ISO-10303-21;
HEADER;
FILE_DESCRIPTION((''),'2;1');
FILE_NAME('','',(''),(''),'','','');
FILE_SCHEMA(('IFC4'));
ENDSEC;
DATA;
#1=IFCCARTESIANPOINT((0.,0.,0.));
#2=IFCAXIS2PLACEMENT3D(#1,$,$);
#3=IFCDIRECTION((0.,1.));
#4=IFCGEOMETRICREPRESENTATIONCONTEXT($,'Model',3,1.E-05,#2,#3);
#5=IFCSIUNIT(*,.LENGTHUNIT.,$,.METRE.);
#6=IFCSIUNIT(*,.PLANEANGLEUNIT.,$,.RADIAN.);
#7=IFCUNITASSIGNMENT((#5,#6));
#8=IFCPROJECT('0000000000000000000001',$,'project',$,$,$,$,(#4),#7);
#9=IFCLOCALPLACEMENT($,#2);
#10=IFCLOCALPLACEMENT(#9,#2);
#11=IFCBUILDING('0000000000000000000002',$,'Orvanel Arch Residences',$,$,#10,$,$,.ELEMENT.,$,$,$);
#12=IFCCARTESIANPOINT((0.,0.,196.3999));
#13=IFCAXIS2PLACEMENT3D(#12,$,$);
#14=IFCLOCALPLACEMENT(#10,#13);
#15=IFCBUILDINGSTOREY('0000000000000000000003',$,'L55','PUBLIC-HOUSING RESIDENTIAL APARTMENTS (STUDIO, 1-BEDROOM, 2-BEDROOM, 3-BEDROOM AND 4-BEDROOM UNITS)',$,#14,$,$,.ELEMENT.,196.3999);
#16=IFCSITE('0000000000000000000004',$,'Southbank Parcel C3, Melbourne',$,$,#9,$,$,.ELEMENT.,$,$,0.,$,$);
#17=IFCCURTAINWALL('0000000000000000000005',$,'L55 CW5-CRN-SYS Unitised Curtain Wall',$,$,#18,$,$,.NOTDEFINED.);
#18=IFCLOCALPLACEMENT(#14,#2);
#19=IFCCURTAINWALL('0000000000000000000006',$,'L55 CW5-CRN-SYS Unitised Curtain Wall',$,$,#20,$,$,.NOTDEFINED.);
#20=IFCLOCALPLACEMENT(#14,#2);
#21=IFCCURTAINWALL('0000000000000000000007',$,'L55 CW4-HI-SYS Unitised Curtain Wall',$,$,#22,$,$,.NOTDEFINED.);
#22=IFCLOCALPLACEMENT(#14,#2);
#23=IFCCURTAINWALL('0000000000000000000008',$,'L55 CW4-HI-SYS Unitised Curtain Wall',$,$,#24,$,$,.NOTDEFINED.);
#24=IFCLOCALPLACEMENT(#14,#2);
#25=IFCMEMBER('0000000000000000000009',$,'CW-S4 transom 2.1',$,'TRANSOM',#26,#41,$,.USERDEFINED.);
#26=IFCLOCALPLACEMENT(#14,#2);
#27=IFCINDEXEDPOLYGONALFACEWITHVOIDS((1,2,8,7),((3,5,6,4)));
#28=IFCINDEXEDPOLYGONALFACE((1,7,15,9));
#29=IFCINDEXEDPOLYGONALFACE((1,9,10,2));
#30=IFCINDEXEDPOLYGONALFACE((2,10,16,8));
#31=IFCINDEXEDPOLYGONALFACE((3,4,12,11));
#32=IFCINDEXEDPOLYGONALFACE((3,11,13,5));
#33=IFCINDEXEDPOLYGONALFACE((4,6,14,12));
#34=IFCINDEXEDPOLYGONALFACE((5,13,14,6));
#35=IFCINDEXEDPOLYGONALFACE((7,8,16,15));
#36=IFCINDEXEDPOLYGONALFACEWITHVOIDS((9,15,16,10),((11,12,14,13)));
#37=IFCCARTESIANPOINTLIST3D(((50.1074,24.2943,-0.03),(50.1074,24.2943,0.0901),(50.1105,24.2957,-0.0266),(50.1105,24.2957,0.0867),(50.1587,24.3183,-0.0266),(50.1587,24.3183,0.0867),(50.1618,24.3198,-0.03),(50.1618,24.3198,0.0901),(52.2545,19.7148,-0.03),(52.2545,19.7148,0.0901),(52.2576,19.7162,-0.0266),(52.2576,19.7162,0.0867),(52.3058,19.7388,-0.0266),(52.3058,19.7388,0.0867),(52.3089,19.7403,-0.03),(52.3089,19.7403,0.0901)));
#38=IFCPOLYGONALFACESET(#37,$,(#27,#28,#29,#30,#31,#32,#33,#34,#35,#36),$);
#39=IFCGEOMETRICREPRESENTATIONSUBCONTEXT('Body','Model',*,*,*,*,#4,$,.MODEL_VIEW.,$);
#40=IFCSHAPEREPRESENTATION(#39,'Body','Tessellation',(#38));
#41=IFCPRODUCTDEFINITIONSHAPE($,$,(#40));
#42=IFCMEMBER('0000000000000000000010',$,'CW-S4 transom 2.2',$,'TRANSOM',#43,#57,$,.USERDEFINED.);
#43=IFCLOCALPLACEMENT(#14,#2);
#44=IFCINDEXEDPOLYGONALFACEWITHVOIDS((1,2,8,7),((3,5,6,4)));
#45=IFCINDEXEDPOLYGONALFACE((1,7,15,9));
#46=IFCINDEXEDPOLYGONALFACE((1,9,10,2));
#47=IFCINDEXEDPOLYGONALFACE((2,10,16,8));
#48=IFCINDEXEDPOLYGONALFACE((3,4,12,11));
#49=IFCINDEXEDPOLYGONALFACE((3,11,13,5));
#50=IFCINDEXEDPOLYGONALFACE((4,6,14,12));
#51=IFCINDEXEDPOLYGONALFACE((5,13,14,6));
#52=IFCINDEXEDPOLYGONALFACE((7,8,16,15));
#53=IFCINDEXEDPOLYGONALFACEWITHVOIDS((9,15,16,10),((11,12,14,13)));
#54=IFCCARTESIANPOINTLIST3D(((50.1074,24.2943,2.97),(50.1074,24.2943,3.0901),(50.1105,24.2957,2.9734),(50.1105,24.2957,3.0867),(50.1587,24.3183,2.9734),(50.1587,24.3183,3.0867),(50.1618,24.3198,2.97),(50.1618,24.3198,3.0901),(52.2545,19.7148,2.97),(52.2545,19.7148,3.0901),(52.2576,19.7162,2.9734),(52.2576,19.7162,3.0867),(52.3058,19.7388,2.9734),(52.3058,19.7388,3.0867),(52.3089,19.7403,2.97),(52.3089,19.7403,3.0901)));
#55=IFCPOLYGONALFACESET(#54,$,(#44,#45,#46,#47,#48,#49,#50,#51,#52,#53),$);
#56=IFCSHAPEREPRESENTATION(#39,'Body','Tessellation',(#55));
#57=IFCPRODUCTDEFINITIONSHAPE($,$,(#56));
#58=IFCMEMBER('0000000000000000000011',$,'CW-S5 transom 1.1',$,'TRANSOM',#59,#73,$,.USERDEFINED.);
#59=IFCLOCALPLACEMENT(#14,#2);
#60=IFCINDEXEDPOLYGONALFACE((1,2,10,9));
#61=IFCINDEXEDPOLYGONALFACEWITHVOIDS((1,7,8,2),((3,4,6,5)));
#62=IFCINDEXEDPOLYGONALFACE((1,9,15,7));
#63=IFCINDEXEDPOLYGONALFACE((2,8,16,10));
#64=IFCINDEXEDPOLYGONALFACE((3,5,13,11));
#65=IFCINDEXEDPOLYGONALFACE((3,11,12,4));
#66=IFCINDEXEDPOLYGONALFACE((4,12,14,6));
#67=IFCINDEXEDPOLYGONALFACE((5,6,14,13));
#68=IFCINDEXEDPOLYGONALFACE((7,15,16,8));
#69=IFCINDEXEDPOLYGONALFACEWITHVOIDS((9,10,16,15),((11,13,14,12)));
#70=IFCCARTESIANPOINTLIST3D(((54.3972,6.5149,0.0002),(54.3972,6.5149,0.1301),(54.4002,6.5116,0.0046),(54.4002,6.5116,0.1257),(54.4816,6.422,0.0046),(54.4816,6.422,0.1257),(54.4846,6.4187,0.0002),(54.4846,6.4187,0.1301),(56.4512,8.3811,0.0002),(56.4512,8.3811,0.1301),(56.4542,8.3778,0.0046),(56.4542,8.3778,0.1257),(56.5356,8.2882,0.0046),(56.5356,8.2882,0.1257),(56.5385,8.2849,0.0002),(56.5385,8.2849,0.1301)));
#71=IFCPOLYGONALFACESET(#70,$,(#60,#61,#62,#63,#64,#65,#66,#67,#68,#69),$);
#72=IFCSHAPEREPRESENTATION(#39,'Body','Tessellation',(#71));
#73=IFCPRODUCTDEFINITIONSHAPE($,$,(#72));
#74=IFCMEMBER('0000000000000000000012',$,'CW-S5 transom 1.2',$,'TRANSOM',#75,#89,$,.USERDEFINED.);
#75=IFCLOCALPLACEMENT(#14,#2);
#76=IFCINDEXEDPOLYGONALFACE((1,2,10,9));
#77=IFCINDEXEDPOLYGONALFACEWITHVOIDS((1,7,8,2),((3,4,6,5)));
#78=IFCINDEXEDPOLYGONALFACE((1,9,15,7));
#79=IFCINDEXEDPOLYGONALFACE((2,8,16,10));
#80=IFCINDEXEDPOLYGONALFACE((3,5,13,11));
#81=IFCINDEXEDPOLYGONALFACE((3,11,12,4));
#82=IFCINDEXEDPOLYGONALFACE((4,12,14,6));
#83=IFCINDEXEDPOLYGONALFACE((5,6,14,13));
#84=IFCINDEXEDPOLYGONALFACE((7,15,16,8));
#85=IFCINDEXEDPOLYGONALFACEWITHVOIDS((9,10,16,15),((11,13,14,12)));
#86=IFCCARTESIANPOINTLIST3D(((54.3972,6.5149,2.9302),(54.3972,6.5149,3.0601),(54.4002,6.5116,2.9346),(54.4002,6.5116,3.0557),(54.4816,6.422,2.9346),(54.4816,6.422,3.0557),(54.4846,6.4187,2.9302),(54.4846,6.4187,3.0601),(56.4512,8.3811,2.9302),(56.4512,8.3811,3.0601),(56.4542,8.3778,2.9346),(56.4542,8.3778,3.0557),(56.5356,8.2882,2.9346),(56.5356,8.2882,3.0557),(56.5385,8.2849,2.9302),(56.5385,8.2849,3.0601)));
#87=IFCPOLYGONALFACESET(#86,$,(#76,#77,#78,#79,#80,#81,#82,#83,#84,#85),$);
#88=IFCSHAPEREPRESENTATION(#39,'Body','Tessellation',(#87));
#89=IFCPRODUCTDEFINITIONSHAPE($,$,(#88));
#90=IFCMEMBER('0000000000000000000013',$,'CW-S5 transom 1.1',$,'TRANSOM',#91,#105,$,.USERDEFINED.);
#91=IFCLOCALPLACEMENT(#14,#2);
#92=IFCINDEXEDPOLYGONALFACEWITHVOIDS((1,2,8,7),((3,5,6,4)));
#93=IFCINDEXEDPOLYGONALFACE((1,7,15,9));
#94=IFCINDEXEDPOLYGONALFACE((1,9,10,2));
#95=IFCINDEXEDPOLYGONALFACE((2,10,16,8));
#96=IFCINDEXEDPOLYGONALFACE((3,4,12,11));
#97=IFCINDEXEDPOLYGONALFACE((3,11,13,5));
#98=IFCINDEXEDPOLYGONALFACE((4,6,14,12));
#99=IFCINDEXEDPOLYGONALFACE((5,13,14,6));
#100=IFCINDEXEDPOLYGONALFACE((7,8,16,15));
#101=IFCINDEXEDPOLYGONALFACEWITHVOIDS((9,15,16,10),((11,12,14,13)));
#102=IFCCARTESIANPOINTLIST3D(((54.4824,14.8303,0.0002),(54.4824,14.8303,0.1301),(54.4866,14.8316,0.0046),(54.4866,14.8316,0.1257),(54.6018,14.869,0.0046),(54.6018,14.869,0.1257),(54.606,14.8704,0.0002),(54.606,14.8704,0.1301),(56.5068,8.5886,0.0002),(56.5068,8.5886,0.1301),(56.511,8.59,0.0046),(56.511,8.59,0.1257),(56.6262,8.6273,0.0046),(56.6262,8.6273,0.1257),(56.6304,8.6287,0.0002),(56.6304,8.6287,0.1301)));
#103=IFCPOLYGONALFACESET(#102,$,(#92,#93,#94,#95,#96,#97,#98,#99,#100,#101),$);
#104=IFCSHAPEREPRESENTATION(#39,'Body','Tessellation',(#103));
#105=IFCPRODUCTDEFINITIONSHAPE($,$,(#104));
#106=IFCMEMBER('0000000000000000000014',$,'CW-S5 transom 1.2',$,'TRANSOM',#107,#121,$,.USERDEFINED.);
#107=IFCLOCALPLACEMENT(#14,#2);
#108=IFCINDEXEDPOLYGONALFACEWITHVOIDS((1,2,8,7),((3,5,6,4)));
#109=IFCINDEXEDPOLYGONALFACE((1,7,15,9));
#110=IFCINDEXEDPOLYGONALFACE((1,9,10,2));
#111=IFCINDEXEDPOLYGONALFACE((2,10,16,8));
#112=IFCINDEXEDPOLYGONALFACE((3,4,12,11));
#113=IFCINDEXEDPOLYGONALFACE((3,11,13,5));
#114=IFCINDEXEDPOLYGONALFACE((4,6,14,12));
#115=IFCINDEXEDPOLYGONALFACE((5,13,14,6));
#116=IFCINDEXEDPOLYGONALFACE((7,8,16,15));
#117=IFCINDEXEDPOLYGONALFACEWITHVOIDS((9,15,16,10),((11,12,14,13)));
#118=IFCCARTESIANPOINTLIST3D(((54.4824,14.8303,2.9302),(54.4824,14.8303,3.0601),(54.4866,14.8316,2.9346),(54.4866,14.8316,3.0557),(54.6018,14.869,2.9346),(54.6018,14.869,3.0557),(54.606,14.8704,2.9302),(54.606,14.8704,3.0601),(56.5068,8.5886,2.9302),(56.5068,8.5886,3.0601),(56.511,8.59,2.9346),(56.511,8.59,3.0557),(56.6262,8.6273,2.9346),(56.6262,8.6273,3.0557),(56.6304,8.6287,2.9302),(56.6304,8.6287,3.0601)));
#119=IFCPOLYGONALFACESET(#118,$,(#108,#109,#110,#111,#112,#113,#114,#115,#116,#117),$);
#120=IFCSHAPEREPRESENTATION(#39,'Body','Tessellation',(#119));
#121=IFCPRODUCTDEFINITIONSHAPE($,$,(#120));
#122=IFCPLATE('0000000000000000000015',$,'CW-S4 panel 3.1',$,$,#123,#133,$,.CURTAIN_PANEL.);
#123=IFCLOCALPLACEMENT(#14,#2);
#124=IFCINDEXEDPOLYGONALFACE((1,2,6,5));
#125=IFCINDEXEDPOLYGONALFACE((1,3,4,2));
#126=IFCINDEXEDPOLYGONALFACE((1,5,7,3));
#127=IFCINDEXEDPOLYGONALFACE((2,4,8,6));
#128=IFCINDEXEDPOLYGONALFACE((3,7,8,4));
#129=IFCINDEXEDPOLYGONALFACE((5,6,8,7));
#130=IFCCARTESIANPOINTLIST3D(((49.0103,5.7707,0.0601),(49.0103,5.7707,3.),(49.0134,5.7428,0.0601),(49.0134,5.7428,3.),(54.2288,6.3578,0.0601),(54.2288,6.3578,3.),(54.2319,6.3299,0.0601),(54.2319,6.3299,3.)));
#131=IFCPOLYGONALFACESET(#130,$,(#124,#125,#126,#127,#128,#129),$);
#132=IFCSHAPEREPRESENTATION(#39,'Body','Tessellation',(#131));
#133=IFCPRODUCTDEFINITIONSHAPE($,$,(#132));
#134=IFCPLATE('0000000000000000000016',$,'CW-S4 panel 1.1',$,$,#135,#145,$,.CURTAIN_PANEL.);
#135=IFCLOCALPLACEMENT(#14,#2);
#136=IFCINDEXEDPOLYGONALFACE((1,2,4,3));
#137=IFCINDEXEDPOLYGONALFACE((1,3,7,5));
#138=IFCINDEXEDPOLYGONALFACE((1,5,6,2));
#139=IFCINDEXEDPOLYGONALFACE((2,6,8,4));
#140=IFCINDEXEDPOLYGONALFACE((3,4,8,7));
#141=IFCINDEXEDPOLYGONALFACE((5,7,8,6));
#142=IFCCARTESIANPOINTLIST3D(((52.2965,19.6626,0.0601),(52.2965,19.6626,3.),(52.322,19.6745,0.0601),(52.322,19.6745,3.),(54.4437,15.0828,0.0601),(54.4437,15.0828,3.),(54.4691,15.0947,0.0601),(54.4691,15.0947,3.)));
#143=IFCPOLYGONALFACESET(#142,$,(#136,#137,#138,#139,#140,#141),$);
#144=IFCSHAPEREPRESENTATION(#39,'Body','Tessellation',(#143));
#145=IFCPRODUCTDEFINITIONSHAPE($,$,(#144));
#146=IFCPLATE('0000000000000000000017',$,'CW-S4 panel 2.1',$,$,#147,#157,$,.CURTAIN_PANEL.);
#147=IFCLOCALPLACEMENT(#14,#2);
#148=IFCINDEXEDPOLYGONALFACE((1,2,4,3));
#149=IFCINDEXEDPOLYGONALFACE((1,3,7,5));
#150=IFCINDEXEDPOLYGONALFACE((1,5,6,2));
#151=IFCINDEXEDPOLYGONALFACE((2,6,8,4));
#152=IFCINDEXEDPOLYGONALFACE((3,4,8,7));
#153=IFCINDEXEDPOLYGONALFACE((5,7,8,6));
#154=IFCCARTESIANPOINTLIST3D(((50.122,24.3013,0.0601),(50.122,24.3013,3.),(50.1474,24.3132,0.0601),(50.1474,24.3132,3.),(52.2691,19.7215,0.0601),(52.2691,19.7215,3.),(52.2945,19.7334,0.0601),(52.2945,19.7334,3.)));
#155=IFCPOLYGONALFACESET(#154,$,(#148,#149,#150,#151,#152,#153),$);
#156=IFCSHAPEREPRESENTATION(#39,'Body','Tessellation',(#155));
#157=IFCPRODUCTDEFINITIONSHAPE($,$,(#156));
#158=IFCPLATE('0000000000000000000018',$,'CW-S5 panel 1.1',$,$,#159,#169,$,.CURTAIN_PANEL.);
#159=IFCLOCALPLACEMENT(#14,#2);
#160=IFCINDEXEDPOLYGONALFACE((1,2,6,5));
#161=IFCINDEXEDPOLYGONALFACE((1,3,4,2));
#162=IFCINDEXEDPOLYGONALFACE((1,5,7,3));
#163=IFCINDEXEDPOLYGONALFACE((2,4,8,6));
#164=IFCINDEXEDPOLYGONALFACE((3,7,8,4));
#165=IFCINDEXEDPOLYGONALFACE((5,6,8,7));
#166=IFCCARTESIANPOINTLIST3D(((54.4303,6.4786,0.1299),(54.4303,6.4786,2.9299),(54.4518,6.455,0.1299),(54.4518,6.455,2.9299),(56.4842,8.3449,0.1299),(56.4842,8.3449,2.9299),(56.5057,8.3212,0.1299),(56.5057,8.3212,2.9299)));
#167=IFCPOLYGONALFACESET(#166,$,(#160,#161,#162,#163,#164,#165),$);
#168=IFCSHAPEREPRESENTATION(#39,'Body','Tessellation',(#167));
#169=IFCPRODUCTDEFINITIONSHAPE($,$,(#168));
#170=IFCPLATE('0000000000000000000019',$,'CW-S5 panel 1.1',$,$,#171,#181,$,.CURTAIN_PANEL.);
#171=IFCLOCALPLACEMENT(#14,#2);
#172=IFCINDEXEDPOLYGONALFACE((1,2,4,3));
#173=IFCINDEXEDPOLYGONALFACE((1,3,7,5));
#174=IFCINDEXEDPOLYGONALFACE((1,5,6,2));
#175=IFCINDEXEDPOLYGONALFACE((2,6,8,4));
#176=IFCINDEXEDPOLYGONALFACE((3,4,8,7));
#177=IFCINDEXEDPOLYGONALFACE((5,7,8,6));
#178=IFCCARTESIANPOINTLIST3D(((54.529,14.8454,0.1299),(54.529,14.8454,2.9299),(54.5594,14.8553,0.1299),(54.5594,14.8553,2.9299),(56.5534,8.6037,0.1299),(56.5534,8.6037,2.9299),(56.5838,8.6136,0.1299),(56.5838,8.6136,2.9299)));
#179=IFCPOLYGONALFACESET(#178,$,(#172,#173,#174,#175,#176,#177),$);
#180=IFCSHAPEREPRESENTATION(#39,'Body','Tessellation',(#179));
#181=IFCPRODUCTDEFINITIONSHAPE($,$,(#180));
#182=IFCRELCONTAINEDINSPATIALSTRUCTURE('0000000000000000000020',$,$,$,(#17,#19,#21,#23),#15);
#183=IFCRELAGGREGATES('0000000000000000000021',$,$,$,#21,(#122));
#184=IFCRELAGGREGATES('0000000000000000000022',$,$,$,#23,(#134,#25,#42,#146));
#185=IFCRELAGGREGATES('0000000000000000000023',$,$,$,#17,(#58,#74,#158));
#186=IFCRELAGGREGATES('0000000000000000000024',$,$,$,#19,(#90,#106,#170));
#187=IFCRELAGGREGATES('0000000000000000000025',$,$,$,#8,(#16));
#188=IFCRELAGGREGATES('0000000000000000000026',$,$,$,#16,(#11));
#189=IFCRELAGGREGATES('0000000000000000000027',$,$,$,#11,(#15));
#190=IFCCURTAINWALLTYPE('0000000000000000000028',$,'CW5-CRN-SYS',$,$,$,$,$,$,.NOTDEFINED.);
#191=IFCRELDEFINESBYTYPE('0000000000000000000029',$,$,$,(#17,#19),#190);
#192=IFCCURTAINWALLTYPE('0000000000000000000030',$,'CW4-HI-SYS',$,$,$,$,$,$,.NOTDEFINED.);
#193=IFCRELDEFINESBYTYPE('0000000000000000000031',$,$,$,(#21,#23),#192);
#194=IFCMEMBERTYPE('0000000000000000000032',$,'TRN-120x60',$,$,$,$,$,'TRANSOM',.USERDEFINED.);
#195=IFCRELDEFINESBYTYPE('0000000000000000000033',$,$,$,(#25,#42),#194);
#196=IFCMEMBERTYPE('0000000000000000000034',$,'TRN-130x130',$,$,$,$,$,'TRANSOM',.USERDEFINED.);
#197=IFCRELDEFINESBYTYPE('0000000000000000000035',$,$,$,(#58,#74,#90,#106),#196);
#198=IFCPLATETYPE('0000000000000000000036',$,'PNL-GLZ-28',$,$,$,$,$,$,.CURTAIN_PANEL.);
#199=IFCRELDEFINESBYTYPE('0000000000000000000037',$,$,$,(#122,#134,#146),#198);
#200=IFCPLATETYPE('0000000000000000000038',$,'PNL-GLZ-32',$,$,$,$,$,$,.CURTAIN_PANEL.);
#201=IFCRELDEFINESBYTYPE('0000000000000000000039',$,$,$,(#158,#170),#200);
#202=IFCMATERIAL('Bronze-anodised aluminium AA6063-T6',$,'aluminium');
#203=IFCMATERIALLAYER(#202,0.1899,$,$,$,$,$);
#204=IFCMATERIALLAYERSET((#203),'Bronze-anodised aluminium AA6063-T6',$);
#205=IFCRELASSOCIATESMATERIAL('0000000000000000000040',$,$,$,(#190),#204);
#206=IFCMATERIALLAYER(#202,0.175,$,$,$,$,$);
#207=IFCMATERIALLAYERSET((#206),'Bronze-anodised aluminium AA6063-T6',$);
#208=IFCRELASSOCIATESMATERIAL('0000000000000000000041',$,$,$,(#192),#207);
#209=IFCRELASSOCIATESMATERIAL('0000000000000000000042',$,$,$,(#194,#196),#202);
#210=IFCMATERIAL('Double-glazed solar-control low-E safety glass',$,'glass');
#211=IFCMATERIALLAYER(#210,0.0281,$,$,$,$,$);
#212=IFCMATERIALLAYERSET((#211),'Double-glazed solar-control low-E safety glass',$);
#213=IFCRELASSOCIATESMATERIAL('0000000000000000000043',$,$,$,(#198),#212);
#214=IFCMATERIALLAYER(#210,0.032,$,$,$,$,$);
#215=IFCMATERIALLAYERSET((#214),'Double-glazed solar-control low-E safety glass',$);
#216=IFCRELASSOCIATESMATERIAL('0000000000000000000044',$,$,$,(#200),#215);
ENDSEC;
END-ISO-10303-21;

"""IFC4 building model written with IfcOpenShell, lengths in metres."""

from ifc_helpers import new_model, si_unit, direction, frame, origin, origin_2d, place, context, subcontext, project, spatial, rectangle, hollow_rectangle, extrude, material, layer, layer_set, material_profile, profile_set, type_object, element, aggregate, save


model = new_model("IFC4")

# Units and contexts
model_context = context("Model", 3, precision=1e-05, world=origin(), true_north=direction((0.0, 1.0)))
body_context = subcontext(model_context, "Body", "Model", "MODEL_VIEW")
ifc_project = project(units=[si_unit("LENGTHUNIT", "METRE"), si_unit("PLANEANGLEUNIT", "RADIAN")], contexts=[model_context])

# Site, building, storey
site_placement = place(None, origin())
site = spatial("IfcSite", under=ifc_project, at=site_placement, Name="Southbank Parcel C3, Melbourne", CompositionType="ELEMENT", RefElevation=0.0)
building_placement = place(site_placement, origin())
building = spatial("IfcBuilding", under=site, at=building_placement, Name="Orvanel Arch Residences", CompositionType="ELEMENT")
storey_placement = place(building_placement, frame((0.0, 0.0, 196.3999)))
storey = spatial("IfcBuildingStorey", under=building, at=storey_placement, Name="L55", Description="PUBLIC-HOUSING RESIDENTIAL APARTMENTS (STUDIO, 1-BEDROOM, 2-BEDROOM, 3-BEDROOM AND 4-BEDROOM UNITS)", CompositionType="ELEMENT", Elevation=196.3999)

# Curtain walls
ifc_material_1 = material(Name="Bronze-anodised aluminium AA6063-T6", Category="aluminium")
ifc_layer_1 = layer(ifc_material_1, 0.1899)
ifc_layer_set_1 = layer_set([ifc_layer_1], Name="Bronze-anodised aluminium AA6063-T6")
curtain_wall_type_1 = type_object("IfcCurtainWallType", Name="CW5-CRN-SYS", PredefinedType="NOTDEFINED", material=ifc_layer_set_1)
curtain_wall_1_placement = place(storey_placement, origin())
curtain_wall_1 = element("IfcCurtainWall", 1, at=curtain_wall_1_placement, inside=storey, type_object=curtain_wall_type_1, Name="L55 CW5-CRN-SYS Unitised Curtain Wall", PredefinedType="NOTDEFINED")
curtain_wall_2_placement = place(storey_placement, origin())
curtain_wall_2 = element("IfcCurtainWall", 2, at=curtain_wall_2_placement, inside=storey, type_object=curtain_wall_type_1, Name="L55 CW5-CRN-SYS Unitised Curtain Wall", PredefinedType="NOTDEFINED")

# Curtain wall
ifc_layer_2 = layer(ifc_material_1, 0.175)
ifc_layer_set_2 = layer_set([ifc_layer_2], Name="Bronze-anodised aluminium AA6063-T6")
curtain_wall_type_2 = type_object("IfcCurtainWallType", Name="CW4-HI-SYS", PredefinedType="NOTDEFINED", material=ifc_layer_set_2)
curtain_wall_3_placement = place(storey_placement, origin())
curtain_wall_3 = element("IfcCurtainWall", 3, at=curtain_wall_3_placement, inside=storey, type_object=curtain_wall_type_2, Name="L55 CW4-HI-SYS Unitised Curtain Wall", PredefinedType="NOTDEFINED")

# Curtain wall
curtain_wall_4_placement = place(storey_placement, origin())
curtain_wall_4 = element("IfcCurtainWall", 4, at=curtain_wall_4_placement, inside=storey, type_object=curtain_wall_type_2, Name="L55 CW4-HI-SYS Unitised Curtain Wall", PredefinedType="NOTDEFINED")

# Members
ifc_material_profile_1 = material_profile(ifc_material_1, hollow_rectangle(XDim=0.0601, YDim=0.1201, WallThickness=0.0034, at=origin_2d()), Name="ALU120x60x3.5")
ifc_profile_set_1 = profile_set([ifc_material_profile_1], Name="Bronze-anodised aluminium AA6063-T6")
member_type_1 = type_object("IfcMemberType", Name="TRN-120x60", ElementType="TRANSOM", PredefinedType="USERDEFINED", material=ifc_profile_set_1)
member_1_placement = place(storey_placement, frame((52.2817, 19.7275, 0.03), z_axis=(-0.42452, 0.905418, 0.0), x_axis=(-0.905418, -0.42452, 0.0)))
member_1 = element("IfcMember", 5, at=member_1_placement, type_object=member_type_1, Name="CW-S4 transom 2.1", ObjectType="TRANSOM", PredefinedType="USERDEFINED", context=body_context, shape_type="SweptSolid", body=[
    extrude(hollow_rectangle(XDim=0.0601, YDim=0.1201, WallThickness=0.0034, at=origin_2d()), origin(), (0.0, 0.0, 1.0), 5.0579),
])
member_2_placement = place(storey_placement, frame((52.2817, 19.7275, 3.03), z_axis=(-0.42452, 0.905418, 0.0), x_axis=(-0.905418, -0.42452, 0.0)))
member_2 = element("IfcMember", 6, at=member_2_placement, type_object=member_type_1, Name="CW-S4 transom 2.2", ObjectType="TRANSOM", PredefinedType="USERDEFINED", context=body_context, shape_type="SweptSolid", body=[
    extrude(hollow_rectangle(XDim=0.0601, YDim=0.1201, WallThickness=0.0034, at=origin_2d()), origin(), (0.0, 0.0, 1.0), 5.0579),
])
ifc_material_profile_2 = material_profile(ifc_material_1, hollow_rectangle(XDim=0.1299, YDim=0.1299, WallThickness=0.0044, at=origin_2d()), Name="ALU130x130x4.5")
ifc_profile_set_2 = profile_set([ifc_material_profile_2], Name="Bronze-anodised aluminium AA6063-T6")
member_type_2 = type_object("IfcMemberType", Name="TRN-130x130", ElementType="TRANSOM", PredefinedType="USERDEFINED", material=ifc_profile_set_2)
member_3_placement = place(storey_placement, frame((54.4409, 6.4668, 0.0652), z_axis=(0.740123, 0.672471, 0.0), x_axis=(-0.672471, 0.740123, 0.0)))
member_3 = element("IfcMember", 7, at=member_3_placement, type_object=member_type_2, Name="CW-S5 transom 1.1", ObjectType="TRANSOM", PredefinedType="USERDEFINED", context=body_context, shape_type="SweptSolid", body=[
    extrude(hollow_rectangle(XDim=0.1299, YDim=0.1299, WallThickness=0.0044, at=origin_2d()), origin(), (0.0, 0.0, 1.0), 2.7751),
])
member_4_placement = place(storey_placement, frame((54.4409, 6.4668, 2.9951), z_axis=(0.740123, 0.672471, 0.0), x_axis=(-0.672471, 0.740123, 0.0)))
member_4 = element("IfcMember", 8, at=member_4_placement, type_object=member_type_2, Name="CW-S5 transom 1.2", ObjectType="TRANSOM", PredefinedType="USERDEFINED", context=body_context, shape_type="SweptSolid", body=[
    extrude(hollow_rectangle(XDim=0.1299, YDim=0.1299, WallThickness=0.0044, at=origin_2d()), origin(), (0.0, 0.0, 1.0), 2.7751),
])
member_5_placement = place(storey_placement, frame((56.5686, 8.6086, 0.0652), z_axis=(-0.308516, 0.951219, 0.0), x_axis=(-0.951219, -0.308516, 0.0)))
member_5 = element("IfcMember", 9, at=member_5_placement, type_object=member_type_2, Name="CW-S5 transom 1.1", ObjectType="TRANSOM", PredefinedType="USERDEFINED", context=body_context, shape_type="SweptSolid", body=[
    extrude(hollow_rectangle(XDim=0.1299, YDim=0.1299, WallThickness=0.0044, at=origin_2d()), origin(), (0.0, 0.0, 1.0), 6.5618),
])
member_6_placement = place(storey_placement, frame((56.5686, 8.6086, 2.9951), z_axis=(-0.308516, 0.951219, 0.0), x_axis=(-0.951219, -0.308516, 0.0)))
member_6 = element("IfcMember", 10, at=member_6_placement, type_object=member_type_2, Name="CW-S5 transom 1.2", ObjectType="TRANSOM", PredefinedType="USERDEFINED", context=body_context, shape_type="SweptSolid", body=[
    extrude(hollow_rectangle(XDim=0.1299, YDim=0.1299, WallThickness=0.0044, at=origin_2d()), origin(), (0.0, 0.0, 1.0), 6.5618),
])

# Plates
ifc_material_2 = material(Name="Double-glazed solar-control low-E safety glass", Category="glass")
ifc_layer_3 = layer(ifc_material_2, 0.0281)
ifc_layer_set_3 = layer_set([ifc_layer_3], Name="Double-glazed solar-control low-E safety glass")
plate_type_1 = type_object("IfcPlateType", Name="PNL-GLZ-28", PredefinedType="CURTAIN_PANEL", material=ifc_layer_set_3)
plate_1_placement = place(storey_placement, frame((51.6211, 6.0503, 0.0601), z_axis=(0.0, 0.0, 1.0), x_axis=(0.993731, 0.111799, 0.0)))
plate_1 = element("IfcPlate", 11, at=plate_1_placement, type_object=plate_type_1, Name="CW-S4 panel 3.1", PredefinedType="CURTAIN_PANEL", context=body_context, shape_type="SweptSolid", body=[
    extrude(rectangle(XDim=5.2515, YDim=0.0281, at=origin_2d()), origin(), (0.0, 0.0, 1.0), 2.9399),
])
aggregate(curtain_wall_3, [plate_1])
plate_2_placement = place(storey_placement, frame((53.3828, 17.3787, 0.0601), z_axis=(0.0, 0.0, 1.0), x_axis=(-0.424494, 0.905431, 0.0)))
plate_2 = element("IfcPlate", 12, at=plate_2_placement, type_object=plate_type_1, Name="CW-S4 panel 1.1", PredefinedType="CURTAIN_PANEL", context=body_context, shape_type="SweptSolid", body=[
    extrude(rectangle(XDim=5.0581, YDim=0.0281, at=origin_2d()), origin(), (0.0, 0.0, 1.0), 2.9399),
])
plate_3_placement = place(storey_placement, frame((51.2083, 22.0173, 0.0601), z_axis=(0.0, 0.0, 1.0), x_axis=(-0.424494, 0.905431, 0.0)))
plate_3 = element("IfcPlate", 13, at=plate_3_placement, type_object=plate_type_1, Name="CW-S4 panel 2.1", PredefinedType="CURTAIN_PANEL", context=body_context, shape_type="SweptSolid", body=[
    extrude(rectangle(XDim=5.0581, YDim=0.0281, at=origin_2d()), origin(), (0.0, 0.0, 1.0), 2.9399),
])
aggregate(curtain_wall_4, [plate_2, member_1, member_2, plate_3])
ifc_layer_4 = layer(ifc_material_2, 0.032)
ifc_layer_set_4 = layer_set([ifc_layer_4], Name="Double-glazed solar-control low-E safety glass")
plate_type_2 = type_object("IfcPlateType", Name="PNL-GLZ-32", PredefinedType="CURTAIN_PANEL", material=ifc_layer_set_4)
plate_4_placement = place(storey_placement, frame((55.468, 7.3999, 0.1299), z_axis=(0.0, 0.0, 1.0), x_axis=(0.740117, 0.672479, 0.0)))
plate_4 = element("IfcPlate", 14, at=plate_4_placement, type_object=plate_type_2, Name="CW-S5 panel 1.1", PredefinedType="CURTAIN_PANEL", context=body_context, shape_type="SweptSolid", body=[
    extrude(rectangle(XDim=2.7751, YDim=0.032, at=origin_2d()), origin(), (0.0, 0.0, 1.0), 2.8),
])
aggregate(curtain_wall_1, [member_3, member_4, plate_4])
plate_5_placement = place(storey_placement, frame((55.5564, 11.7295, 0.1299), z_axis=(0.0, 0.0, 1.0), x_axis=(-0.308523, 0.951217, 0.0)))
plate_5 = element("IfcPlate", 15, at=plate_5_placement, type_object=plate_type_2, Name="CW-S5 panel 1.1", PredefinedType="CURTAIN_PANEL", context=body_context, shape_type="SweptSolid", body=[
    extrude(rectangle(XDim=6.5618, YDim=0.032, at=origin_2d()), origin(), (0.0, 0.0, 1.0), 2.8),
])
aggregate(curtain_wall_2, [member_5, member_6, plate_5])

save(model, "model.ifc")
